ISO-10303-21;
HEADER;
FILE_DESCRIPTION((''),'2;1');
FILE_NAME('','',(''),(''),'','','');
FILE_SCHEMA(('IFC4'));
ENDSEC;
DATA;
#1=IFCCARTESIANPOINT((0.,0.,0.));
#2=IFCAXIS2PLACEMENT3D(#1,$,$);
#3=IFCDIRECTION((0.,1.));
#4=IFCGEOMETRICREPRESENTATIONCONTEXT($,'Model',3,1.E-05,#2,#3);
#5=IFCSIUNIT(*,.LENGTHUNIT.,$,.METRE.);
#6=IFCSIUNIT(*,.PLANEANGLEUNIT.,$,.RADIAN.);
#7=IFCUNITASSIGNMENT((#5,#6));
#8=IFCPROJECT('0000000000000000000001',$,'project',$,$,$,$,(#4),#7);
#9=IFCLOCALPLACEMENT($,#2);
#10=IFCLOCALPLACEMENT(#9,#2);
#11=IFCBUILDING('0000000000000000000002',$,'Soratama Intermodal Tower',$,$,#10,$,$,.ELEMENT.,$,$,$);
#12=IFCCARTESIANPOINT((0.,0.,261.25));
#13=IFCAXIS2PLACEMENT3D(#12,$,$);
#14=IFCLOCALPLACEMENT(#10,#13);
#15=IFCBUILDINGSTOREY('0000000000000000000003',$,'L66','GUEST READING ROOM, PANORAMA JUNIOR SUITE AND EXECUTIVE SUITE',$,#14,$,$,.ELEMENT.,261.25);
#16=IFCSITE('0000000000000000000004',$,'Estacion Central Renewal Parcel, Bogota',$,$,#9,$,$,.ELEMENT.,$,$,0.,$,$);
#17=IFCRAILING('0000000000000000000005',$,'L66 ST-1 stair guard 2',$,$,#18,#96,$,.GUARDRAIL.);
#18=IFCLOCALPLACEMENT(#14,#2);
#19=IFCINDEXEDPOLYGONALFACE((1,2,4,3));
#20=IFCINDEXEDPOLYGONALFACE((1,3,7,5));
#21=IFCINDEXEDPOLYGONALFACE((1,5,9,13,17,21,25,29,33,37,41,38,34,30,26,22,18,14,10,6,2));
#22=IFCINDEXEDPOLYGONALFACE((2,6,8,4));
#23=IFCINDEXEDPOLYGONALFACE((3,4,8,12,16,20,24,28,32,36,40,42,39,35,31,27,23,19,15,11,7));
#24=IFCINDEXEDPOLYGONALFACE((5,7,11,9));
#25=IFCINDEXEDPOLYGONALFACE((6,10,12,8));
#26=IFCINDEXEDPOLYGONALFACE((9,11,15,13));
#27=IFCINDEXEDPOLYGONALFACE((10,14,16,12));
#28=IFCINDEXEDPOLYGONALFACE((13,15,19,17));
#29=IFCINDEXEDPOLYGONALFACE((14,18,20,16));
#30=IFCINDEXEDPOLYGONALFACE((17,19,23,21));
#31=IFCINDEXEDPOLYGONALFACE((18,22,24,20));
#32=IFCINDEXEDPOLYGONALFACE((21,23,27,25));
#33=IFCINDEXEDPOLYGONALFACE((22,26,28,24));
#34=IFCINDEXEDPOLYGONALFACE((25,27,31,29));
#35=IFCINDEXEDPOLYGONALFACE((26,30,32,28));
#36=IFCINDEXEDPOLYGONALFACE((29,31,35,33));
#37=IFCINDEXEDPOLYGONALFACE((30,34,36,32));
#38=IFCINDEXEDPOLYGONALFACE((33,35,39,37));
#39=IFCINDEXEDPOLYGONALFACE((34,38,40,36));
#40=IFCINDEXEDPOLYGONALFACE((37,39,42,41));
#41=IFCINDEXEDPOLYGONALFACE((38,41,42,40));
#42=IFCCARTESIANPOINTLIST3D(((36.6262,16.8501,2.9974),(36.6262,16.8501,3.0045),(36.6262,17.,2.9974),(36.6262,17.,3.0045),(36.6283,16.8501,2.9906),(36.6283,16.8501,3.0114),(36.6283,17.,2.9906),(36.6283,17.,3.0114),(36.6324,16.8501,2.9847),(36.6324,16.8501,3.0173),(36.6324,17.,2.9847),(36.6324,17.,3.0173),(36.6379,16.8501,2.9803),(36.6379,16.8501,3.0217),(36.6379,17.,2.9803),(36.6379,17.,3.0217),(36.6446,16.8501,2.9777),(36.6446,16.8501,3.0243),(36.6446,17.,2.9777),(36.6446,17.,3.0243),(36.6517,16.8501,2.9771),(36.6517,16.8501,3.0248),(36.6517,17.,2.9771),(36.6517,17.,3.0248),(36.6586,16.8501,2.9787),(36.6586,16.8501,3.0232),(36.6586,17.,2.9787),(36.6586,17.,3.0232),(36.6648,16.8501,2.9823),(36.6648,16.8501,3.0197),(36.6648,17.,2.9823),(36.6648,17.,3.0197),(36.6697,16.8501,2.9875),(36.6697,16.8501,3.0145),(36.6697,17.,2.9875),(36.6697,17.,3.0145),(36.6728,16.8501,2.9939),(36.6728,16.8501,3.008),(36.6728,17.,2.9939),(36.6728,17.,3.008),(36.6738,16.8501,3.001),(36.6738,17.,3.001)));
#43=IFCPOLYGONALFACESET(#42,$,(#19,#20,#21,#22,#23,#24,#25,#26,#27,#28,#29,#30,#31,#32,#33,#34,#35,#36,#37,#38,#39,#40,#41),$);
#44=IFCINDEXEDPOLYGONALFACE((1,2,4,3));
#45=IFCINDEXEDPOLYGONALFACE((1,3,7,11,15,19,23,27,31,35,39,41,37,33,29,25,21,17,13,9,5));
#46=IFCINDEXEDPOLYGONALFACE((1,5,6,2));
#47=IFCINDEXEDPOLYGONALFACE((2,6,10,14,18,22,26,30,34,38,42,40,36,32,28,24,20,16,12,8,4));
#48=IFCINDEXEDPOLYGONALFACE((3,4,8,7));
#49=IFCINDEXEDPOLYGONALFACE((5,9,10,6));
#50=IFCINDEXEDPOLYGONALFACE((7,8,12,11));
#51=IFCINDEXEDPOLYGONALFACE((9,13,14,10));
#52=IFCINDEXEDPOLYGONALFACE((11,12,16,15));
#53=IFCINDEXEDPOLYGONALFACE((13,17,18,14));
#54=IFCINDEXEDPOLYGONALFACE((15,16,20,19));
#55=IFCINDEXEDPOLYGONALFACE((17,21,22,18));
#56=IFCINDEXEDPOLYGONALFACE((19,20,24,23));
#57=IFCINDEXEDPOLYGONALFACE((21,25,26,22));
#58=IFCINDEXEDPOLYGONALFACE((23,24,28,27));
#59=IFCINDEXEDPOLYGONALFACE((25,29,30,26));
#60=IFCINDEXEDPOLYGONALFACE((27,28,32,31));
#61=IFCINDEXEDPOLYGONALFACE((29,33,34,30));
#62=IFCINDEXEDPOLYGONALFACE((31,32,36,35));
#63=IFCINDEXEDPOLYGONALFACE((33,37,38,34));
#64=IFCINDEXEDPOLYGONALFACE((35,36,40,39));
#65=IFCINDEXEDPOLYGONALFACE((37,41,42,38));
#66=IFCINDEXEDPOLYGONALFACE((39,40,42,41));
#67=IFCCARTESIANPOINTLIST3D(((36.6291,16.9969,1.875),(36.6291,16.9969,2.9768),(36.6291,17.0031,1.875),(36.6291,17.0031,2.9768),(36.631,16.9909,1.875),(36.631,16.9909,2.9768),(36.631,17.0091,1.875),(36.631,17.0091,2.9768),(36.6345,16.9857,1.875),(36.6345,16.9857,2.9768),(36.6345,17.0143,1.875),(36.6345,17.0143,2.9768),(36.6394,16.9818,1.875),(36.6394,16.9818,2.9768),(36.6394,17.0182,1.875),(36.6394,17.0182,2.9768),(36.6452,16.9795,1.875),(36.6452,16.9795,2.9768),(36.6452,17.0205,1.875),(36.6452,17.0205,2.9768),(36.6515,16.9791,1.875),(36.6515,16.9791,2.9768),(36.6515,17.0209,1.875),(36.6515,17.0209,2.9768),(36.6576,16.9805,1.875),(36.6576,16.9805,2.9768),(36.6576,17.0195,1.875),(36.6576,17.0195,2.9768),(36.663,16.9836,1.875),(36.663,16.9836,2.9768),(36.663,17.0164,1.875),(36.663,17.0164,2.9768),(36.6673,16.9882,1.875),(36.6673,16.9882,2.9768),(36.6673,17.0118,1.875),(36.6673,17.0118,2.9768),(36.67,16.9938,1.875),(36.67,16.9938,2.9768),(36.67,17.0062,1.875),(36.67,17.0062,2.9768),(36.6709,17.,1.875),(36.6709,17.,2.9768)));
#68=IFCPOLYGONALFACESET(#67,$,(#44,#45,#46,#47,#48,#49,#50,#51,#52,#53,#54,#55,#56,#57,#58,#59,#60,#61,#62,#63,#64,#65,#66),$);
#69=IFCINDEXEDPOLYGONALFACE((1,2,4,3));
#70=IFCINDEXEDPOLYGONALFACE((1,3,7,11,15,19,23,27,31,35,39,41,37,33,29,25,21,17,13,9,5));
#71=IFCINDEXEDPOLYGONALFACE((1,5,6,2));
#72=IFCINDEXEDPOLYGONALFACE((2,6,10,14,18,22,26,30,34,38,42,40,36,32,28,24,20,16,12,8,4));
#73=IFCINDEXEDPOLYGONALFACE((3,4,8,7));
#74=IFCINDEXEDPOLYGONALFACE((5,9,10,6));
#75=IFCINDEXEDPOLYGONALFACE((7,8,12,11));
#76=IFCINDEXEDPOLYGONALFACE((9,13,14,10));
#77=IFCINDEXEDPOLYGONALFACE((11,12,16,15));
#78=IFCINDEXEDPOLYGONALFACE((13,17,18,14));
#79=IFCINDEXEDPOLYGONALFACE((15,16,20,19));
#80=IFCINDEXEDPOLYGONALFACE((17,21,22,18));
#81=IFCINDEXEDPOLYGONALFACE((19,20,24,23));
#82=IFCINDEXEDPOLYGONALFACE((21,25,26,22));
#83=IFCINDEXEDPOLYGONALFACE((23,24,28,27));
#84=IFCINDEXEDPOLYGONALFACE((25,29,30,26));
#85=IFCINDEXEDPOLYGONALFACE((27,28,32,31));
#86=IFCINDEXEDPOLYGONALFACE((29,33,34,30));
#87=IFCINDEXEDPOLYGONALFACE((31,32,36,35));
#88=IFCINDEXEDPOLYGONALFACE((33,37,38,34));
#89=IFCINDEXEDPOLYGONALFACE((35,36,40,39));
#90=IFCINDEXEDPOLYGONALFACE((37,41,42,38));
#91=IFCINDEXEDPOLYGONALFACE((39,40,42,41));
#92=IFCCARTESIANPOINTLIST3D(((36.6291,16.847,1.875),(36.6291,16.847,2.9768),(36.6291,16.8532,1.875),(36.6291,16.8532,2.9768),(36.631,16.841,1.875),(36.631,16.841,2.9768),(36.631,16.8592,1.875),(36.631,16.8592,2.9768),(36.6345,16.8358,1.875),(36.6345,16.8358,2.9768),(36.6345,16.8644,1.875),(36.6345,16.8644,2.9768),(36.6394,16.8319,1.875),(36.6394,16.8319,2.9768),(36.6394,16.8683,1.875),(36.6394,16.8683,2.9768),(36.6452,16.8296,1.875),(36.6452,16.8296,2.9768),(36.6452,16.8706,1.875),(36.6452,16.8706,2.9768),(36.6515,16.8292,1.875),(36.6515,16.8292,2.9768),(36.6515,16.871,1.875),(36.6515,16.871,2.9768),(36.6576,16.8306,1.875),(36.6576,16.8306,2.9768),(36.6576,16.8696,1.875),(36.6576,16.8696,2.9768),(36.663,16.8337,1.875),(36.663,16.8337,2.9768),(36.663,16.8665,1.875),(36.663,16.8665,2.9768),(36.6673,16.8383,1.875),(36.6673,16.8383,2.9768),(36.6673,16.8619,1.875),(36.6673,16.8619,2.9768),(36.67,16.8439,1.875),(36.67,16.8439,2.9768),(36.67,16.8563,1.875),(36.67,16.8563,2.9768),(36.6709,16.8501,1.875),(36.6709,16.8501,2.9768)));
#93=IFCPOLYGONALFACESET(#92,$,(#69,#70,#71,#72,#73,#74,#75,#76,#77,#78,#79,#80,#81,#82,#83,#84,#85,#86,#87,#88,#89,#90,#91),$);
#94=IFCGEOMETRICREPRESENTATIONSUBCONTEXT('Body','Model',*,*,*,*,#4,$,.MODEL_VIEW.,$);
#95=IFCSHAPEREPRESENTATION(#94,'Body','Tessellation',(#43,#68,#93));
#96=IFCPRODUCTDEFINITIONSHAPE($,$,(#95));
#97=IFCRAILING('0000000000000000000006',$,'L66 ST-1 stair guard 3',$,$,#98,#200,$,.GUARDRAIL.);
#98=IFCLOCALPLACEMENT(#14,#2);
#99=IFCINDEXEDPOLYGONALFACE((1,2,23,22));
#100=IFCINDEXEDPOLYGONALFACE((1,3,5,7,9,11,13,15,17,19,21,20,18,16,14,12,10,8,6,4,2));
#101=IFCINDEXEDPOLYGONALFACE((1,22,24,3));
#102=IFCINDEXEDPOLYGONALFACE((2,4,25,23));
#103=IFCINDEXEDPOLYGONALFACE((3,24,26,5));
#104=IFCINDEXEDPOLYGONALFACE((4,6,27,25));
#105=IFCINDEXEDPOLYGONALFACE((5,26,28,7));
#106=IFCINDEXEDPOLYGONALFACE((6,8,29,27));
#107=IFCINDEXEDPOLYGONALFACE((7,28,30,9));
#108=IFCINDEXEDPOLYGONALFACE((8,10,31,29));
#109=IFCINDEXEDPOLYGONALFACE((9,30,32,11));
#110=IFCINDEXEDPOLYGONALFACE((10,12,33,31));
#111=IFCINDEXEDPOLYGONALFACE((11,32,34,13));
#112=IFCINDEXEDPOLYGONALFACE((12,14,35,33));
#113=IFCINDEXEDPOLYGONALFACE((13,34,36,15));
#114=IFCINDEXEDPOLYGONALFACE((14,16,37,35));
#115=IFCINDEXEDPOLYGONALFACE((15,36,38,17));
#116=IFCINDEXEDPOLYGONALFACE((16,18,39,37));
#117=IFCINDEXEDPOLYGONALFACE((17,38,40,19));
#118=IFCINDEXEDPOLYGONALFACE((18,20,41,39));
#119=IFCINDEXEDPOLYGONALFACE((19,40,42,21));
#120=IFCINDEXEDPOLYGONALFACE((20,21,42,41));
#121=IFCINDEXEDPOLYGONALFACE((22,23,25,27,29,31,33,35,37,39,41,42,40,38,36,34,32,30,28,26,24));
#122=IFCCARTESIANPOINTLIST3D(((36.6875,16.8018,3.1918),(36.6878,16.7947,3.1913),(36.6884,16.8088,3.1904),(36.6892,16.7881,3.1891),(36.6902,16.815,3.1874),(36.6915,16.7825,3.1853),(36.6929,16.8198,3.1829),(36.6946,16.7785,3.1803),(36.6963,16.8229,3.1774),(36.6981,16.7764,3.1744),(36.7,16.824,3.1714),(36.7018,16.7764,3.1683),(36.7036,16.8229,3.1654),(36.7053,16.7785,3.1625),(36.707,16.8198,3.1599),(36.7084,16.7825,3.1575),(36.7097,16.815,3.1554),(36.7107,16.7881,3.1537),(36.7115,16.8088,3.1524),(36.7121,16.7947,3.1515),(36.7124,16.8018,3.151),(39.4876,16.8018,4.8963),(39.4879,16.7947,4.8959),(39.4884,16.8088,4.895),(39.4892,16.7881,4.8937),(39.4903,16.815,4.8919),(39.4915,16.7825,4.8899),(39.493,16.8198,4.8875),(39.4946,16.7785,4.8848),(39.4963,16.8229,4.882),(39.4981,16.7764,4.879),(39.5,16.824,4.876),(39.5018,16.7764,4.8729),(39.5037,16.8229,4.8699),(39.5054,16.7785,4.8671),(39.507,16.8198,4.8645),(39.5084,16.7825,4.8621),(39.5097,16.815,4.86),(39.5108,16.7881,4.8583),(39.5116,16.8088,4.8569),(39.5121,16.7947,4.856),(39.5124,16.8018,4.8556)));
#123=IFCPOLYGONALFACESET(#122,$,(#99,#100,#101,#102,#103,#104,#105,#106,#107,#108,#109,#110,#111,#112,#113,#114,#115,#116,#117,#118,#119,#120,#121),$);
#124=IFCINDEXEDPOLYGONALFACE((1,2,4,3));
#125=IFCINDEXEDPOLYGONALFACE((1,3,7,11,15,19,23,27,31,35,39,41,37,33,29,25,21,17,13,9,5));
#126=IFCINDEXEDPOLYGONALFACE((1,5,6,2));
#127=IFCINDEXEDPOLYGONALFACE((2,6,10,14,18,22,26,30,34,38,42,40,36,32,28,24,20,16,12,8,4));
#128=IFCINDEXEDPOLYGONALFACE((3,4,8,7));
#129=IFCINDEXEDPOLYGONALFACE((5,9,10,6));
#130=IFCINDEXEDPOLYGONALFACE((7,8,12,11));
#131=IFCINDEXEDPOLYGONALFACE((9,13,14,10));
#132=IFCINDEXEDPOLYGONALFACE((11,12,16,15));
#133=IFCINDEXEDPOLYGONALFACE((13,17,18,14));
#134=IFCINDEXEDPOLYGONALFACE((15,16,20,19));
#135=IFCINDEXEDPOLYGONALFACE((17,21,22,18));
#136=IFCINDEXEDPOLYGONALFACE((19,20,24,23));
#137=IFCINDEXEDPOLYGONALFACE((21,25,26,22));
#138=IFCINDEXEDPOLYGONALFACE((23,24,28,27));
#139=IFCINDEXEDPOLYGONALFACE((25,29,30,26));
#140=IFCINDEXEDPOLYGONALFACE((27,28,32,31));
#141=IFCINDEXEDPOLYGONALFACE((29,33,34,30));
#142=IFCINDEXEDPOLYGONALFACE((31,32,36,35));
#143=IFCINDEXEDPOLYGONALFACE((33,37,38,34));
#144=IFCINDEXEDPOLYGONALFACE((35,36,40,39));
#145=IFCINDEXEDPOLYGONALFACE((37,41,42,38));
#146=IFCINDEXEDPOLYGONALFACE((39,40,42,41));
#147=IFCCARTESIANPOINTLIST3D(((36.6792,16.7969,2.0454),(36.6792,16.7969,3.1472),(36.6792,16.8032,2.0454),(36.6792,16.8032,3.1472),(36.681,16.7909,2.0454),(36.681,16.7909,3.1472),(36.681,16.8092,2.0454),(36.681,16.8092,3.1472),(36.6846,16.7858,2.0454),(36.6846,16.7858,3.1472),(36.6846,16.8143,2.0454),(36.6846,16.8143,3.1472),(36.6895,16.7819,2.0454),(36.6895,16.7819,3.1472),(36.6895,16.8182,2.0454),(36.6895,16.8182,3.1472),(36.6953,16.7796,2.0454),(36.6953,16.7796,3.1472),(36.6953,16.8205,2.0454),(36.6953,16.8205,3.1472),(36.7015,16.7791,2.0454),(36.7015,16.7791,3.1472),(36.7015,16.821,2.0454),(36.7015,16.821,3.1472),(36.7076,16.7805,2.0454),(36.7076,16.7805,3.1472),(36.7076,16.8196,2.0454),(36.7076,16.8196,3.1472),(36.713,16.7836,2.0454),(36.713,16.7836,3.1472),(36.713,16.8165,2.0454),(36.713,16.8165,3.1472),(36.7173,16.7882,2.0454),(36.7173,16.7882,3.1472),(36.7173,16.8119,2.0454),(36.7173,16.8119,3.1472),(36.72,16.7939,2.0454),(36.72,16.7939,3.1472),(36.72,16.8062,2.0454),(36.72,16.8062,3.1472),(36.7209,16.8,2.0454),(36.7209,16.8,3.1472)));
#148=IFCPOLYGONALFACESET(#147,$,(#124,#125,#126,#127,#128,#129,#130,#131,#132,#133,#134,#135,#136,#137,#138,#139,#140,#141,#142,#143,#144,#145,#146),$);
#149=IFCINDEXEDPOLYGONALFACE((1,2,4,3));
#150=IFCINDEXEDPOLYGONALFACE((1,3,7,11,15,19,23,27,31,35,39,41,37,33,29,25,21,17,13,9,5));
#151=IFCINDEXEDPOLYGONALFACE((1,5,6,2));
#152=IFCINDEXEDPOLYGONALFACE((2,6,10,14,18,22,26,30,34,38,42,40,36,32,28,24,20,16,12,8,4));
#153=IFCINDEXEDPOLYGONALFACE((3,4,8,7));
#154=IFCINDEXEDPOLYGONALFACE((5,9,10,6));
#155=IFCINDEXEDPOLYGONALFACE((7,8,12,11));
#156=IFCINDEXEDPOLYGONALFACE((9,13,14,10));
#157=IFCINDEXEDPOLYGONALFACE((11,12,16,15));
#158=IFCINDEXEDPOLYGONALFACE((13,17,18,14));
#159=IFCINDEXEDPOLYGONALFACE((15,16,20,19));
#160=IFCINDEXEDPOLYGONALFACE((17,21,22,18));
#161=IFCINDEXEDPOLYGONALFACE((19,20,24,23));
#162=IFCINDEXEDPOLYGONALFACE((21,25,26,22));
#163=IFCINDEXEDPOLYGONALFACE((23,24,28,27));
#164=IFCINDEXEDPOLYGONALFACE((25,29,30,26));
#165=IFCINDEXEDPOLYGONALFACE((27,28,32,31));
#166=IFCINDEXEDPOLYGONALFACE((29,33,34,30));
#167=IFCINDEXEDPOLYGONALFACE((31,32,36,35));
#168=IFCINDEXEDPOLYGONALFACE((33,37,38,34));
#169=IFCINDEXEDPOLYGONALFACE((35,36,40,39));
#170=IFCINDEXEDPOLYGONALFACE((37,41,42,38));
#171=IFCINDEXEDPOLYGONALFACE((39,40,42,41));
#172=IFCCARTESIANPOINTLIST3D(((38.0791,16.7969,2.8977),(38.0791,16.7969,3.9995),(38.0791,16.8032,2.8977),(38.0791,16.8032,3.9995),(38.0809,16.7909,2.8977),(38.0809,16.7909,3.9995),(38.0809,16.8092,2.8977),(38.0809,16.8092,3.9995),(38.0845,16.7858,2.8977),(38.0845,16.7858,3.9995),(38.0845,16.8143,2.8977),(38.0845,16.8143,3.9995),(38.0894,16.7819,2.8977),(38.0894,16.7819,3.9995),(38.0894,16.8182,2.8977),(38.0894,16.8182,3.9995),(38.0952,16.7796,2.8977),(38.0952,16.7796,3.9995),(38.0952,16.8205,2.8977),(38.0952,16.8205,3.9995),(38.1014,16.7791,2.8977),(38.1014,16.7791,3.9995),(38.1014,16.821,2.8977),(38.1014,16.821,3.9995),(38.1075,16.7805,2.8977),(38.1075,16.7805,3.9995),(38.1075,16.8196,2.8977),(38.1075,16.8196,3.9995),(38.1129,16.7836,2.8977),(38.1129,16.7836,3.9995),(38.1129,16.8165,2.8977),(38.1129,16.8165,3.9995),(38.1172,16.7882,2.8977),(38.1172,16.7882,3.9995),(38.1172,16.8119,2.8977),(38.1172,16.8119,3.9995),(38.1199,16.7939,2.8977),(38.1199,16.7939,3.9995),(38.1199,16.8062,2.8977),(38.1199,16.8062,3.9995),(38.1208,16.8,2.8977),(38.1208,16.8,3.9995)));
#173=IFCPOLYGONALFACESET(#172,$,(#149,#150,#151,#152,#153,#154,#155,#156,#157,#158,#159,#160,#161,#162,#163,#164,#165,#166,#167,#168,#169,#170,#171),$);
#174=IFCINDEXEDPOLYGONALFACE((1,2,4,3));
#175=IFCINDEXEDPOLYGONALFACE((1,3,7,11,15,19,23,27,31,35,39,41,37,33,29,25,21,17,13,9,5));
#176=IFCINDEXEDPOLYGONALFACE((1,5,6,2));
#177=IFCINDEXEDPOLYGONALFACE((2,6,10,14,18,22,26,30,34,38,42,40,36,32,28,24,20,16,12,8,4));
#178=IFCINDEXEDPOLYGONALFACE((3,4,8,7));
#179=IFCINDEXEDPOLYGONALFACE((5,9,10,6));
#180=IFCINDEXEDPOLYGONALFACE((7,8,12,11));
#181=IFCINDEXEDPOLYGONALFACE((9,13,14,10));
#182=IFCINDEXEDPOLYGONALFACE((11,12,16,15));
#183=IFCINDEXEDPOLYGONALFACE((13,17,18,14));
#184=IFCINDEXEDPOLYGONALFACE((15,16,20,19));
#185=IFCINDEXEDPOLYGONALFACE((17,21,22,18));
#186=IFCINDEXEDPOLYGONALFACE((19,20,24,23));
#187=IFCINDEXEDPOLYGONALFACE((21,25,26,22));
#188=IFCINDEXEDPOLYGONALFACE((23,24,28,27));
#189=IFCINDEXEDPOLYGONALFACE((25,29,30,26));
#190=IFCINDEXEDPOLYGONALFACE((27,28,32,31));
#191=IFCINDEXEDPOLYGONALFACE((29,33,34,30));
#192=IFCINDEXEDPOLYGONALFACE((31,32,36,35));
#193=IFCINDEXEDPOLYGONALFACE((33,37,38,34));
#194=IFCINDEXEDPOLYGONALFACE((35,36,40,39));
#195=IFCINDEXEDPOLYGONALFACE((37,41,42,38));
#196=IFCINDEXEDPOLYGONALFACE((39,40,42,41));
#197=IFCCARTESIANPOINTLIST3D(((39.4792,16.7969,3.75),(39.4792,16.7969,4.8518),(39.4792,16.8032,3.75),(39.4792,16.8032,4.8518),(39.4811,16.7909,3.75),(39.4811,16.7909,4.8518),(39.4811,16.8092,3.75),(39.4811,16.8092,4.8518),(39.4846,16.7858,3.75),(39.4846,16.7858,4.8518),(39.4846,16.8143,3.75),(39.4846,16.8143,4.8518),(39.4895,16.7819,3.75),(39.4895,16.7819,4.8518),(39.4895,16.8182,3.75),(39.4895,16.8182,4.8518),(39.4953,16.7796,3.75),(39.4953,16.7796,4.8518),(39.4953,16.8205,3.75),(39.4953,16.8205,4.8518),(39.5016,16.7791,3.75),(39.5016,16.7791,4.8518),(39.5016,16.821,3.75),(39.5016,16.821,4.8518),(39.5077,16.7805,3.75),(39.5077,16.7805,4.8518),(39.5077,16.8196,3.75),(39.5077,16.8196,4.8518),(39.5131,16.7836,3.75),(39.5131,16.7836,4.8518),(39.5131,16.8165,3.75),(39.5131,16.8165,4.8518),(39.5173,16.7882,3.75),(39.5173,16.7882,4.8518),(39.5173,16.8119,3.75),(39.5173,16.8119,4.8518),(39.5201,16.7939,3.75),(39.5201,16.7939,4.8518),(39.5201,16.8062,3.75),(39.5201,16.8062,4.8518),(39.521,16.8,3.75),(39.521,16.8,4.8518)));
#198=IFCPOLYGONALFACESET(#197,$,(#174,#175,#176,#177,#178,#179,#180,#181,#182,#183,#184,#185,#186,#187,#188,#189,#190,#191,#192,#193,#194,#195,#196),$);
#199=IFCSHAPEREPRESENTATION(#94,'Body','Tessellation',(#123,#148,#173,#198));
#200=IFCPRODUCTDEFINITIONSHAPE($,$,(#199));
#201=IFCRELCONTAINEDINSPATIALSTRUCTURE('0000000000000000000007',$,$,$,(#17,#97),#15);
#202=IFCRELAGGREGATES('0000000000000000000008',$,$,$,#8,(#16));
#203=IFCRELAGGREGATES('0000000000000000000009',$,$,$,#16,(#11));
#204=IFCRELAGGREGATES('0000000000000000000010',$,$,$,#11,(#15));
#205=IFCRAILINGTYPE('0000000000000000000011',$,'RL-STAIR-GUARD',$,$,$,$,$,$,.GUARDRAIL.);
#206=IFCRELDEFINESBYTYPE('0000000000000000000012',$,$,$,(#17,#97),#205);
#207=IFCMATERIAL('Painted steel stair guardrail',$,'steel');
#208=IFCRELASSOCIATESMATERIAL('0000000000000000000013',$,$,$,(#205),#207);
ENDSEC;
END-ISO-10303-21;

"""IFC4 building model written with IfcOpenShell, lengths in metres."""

from ifc_helpers import new_model, si_unit, direction, frame, origin, origin_2d, place, context, subcontext, project, spatial, circle, extrude, material, type_object, element, save


model = new_model("IFC4")

# Units and contexts
model_context = context("Model", 3, precision=1e-05, world=origin(), true_north=direction((0.0, 1.0)))
body_context = subcontext(model_context, "Body", "Model", "MODEL_VIEW")
ifc_project = project(units=[si_unit("LENGTHUNIT", "METRE"), si_unit("PLANEANGLEUNIT", "RADIAN")], contexts=[model_context])

# Site, building, storey
site_placement = place(None, origin())
site = spatial("IfcSite", under=ifc_project, at=site_placement, Name="Estacion Central Renewal Parcel, Bogota", CompositionType="ELEMENT", RefElevation=0.0)
building_placement = place(site_placement, origin())
building = spatial("IfcBuilding", under=site, at=building_placement, Name="Soratama Intermodal Tower", CompositionType="ELEMENT")
storey_placement = place(building_placement, frame((0.0, 0.0, 261.25)))
storey = spatial("IfcBuildingStorey", under=building, at=storey_placement, Name="L66", Description="GUEST READING ROOM, PANORAMA JUNIOR SUITE AND EXECUTIVE SUITE", CompositionType="ELEMENT", Elevation=261.25)

# Railings
ifc_material_1 = material(Name="Painted steel stair guardrail", Category="steel")
railing_type_1 = type_object("IfcRailingType", Name="RL-STAIR-GUARD", PredefinedType="GUARDRAIL", material=ifc_material_1)
railing_1_placement = place(storey_placement, frame((36.6499, 17.0, 1.875)))
element("IfcRailing", 1, at=railing_1_placement, inside=storey, type_object=railing_type_1, Name="L66 ST-1 stair guard 2", PredefinedType="GUARDRAIL", context=body_context, shape_type="SweptSolid", body=[
    extrude(circle(Radius=0.0239, at=origin_2d()), frame((0.0, 0.0, 1.126), z_axis=(0.0, -1.0, 0.0), x_axis=(1.0, 0.0, 0.0)), (0.0, 0.0, 1.0), 0.1499),
    extrude(circle(Radius=0.021, at=origin_2d()), origin(), (0.0, 0.0, 1.0), 1.1018),
    extrude(circle(Radius=0.021, at=origin_2d()), frame((0.0, -0.1499, 0.0)), (0.0, 0.0, 1.0), 1.1018),
])
railing_2_placement = place(storey_placement, frame((36.7, 16.8, 2.0454)))
element("IfcRailing", 2, at=railing_2_placement, inside=storey, type_object=railing_type_1, Name="L66 ST-1 stair guard 3", PredefinedType="GUARDRAIL", context=body_context, shape_type="SweptSolid", body=[
    extrude(circle(Radius=0.0239, at=origin_2d()), frame((0.0, 0.0, 1.126), z_axis=(0.85417, 0.0, 0.519994), x_axis=(0.0, 1.0, 0.0)), (0.0, 0.0, 1.0), 3.2781),
    extrude(circle(Radius=0.021, at=origin_2d()), origin(), (0.0, 0.0, 1.0), 1.1018),
    extrude(circle(Radius=0.021, at=origin_2d()), frame((1.3999, 0.0, 0.8523)), (0.0, 0.0, 1.0), 1.1018),
    extrude(circle(Radius=0.021, at=origin_2d()), frame((2.8, 0.0, 1.7046)), (0.0, 0.0, 1.0), 1.1018),
])

save(model, "model.ifc")
